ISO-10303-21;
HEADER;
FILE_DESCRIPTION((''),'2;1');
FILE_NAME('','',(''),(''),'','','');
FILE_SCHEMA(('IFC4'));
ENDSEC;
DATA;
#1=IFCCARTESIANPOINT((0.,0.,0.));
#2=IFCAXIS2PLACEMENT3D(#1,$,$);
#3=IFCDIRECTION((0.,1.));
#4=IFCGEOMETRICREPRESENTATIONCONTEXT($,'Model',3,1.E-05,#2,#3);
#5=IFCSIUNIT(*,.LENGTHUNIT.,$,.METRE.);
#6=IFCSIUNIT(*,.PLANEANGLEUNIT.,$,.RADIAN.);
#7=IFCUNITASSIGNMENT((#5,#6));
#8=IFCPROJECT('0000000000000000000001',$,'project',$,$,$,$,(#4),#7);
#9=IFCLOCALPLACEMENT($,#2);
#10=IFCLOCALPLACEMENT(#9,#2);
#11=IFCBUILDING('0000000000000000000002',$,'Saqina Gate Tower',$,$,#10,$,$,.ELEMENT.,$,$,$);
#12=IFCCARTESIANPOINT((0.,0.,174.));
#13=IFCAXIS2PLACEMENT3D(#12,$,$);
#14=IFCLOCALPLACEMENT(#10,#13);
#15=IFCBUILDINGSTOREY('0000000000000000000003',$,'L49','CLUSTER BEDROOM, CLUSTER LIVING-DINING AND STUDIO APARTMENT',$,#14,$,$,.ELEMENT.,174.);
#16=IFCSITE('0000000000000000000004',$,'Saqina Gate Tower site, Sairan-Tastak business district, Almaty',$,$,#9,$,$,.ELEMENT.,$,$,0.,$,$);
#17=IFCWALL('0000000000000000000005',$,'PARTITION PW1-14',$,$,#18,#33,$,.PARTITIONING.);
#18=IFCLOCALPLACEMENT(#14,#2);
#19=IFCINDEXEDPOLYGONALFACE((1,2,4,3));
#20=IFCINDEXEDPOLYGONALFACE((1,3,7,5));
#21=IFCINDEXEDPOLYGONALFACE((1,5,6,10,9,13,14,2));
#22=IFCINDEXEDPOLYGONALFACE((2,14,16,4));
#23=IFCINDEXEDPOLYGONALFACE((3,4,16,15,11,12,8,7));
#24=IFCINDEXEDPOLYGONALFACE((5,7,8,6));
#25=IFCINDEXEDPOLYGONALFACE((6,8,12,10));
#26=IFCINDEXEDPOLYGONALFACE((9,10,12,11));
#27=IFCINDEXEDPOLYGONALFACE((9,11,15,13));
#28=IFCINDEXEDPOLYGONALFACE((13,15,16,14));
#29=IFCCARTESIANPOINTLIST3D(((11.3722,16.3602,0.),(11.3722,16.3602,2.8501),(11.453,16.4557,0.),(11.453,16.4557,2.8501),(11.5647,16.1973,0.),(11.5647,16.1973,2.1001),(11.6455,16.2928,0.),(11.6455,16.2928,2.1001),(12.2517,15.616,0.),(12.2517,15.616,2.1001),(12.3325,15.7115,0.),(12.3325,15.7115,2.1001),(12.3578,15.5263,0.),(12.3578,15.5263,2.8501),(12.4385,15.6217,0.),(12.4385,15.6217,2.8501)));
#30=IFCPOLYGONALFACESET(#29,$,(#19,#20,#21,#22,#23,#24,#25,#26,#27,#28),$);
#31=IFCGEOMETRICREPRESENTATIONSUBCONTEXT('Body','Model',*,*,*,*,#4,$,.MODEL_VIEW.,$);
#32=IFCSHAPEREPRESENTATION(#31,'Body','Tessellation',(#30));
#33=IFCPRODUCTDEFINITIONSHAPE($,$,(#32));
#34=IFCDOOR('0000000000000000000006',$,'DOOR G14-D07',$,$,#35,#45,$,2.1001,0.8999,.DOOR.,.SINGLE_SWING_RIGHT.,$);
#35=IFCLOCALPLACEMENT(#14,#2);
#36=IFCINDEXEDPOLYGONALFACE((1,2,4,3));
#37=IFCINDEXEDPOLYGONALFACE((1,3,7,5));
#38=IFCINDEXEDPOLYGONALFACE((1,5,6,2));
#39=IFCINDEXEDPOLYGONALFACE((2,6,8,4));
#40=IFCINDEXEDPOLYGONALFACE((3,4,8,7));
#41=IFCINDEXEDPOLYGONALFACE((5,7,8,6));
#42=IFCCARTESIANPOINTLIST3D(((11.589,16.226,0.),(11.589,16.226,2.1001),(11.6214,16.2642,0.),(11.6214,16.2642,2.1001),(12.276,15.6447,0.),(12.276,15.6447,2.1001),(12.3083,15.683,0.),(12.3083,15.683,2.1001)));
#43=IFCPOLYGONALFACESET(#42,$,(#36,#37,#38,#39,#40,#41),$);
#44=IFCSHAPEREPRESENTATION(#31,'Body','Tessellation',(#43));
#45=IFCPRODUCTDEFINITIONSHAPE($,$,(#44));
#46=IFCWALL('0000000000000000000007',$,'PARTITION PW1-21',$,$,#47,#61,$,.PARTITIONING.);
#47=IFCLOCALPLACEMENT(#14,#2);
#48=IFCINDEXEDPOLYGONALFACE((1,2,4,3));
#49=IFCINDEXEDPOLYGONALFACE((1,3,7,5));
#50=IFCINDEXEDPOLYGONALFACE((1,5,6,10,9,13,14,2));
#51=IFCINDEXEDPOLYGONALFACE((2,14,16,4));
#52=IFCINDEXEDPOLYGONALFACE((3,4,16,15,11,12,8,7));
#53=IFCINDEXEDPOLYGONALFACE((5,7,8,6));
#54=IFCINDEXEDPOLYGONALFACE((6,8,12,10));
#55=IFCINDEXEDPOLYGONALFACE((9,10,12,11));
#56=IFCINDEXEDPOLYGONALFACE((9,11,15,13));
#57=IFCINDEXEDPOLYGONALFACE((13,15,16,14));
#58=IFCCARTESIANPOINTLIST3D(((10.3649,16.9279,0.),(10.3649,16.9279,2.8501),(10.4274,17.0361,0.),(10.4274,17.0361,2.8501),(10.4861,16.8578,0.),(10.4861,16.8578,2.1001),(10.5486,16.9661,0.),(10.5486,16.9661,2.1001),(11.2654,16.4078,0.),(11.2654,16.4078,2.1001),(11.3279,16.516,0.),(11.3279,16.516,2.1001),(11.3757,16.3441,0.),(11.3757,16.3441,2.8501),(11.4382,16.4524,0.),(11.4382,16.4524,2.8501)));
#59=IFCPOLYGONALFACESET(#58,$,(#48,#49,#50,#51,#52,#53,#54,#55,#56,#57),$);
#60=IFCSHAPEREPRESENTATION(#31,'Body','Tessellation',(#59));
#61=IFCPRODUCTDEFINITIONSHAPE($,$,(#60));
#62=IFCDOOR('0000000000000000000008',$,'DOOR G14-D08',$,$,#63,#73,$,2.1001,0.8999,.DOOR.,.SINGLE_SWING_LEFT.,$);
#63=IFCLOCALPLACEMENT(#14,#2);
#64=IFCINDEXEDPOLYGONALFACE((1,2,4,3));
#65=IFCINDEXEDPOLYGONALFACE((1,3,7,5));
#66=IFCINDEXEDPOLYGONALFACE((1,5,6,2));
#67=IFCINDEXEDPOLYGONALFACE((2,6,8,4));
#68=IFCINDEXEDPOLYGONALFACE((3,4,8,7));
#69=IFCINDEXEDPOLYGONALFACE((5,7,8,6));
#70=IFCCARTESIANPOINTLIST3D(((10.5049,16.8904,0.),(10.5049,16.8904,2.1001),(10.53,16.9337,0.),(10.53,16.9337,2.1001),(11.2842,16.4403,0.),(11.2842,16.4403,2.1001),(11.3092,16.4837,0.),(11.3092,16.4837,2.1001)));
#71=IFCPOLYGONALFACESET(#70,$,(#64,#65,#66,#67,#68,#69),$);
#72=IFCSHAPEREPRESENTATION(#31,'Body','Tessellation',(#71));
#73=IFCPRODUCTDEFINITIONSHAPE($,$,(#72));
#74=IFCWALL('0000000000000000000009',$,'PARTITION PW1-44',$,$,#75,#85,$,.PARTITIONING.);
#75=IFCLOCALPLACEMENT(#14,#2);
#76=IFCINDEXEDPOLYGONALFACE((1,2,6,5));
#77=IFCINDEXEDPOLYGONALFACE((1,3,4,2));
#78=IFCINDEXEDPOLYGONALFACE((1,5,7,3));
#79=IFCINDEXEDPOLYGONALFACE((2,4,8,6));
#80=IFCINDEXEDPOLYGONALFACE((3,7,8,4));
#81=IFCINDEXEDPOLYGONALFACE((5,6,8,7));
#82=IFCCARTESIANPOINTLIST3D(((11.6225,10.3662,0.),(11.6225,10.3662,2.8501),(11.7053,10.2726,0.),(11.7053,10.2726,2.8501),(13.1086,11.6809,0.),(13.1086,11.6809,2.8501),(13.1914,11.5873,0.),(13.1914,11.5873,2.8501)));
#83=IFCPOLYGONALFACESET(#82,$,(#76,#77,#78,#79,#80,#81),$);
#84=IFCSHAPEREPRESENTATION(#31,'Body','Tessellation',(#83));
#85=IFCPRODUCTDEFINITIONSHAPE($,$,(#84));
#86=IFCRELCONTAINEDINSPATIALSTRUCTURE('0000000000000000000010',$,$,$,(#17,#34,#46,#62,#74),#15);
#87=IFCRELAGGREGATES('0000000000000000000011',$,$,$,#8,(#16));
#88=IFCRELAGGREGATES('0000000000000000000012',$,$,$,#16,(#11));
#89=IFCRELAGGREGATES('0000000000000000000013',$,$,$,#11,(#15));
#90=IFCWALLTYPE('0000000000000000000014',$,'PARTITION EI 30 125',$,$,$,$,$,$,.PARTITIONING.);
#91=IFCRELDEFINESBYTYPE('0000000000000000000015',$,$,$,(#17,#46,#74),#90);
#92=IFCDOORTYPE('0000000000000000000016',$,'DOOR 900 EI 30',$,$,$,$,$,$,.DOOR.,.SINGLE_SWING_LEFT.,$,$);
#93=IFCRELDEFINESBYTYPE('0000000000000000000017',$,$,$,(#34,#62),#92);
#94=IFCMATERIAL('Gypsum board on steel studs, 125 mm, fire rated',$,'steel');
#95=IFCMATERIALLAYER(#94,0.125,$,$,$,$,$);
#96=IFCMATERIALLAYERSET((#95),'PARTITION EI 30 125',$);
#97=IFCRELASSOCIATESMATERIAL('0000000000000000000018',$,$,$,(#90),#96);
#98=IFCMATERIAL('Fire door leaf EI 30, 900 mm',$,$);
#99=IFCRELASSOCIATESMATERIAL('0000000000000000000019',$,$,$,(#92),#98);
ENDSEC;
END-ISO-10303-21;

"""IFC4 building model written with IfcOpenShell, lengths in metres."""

from ifc_helpers import new_model, si_unit, direction, frame, frame_2d, origin, place, context, subcontext, project, spatial, rectangle, extrude, material, layer, layer_set, type_object, element, fill, save


model = new_model("IFC4")

# Units and contexts
model_context = context("Model", 3, precision=1e-05, world=origin(), true_north=direction((0.0, 1.0)))
body_context = subcontext(model_context, "Body", "Model", "MODEL_VIEW")
ifc_project = project(units=[si_unit("LENGTHUNIT", "METRE"), si_unit("PLANEANGLEUNIT", "RADIAN")], contexts=[model_context])

# Site, building, storey
site_placement = place(None, origin())
site = spatial("IfcSite", under=ifc_project, at=site_placement, Name="Saqina Gate Tower site, Sairan-Tastak business district, Almaty", CompositionType="ELEMENT", RefElevation=0.0)
building_placement = place(site_placement, origin())
building = spatial("IfcBuilding", under=site, at=building_placement, Name="Saqina Gate Tower", CompositionType="ELEMENT")
storey_placement = place(building_placement, frame((0.0, 0.0, 174.0)))
storey = spatial("IfcBuildingStorey", under=building, at=storey_placement, Name="L49", Description="CLUSTER BEDROOM, CLUSTER LIVING-DINING AND STUDIO APARTMENT", CompositionType="ELEMENT", Elevation=174.0)

# Shared definitions
ifc_material_1 = material(Name="Gypsum board on steel studs, 125 mm, fire rated", Category="steel")
ifc_layer_1 = layer(ifc_material_1, 0.125)
ifc_layer_set_1 = layer_set([ifc_layer_1], Name="PARTITION EI 30 125")
wall_type_1 = type_object("IfcWallType", Name="PARTITION EI 30 125", PredefinedType="PARTITIONING", material=ifc_layer_set_1)

# Walls, openings, doors
wall_1_placement = place(storey_placement, frame((11.4126, 16.408, 0.0), z_axis=(0.0, 0.0, 1.0), x_axis=(0.763379, -0.645951, 0.0)))
wall_1 = element("IfcWall", 1, at=wall_1_placement, inside=storey, type_object=wall_type_1, Name="PARTITION PW1-14", PredefinedType="PARTITIONING", context=body_context, shape_type="SweptSolid", body=[
    extrude(rectangle(XDim=1.291, YDim=0.125, at=frame_2d((0.6455, 0.0))), origin(), (0.0, 0.0, 1.0), 2.8501),
])
opening_1_placement = place(wall_1_placement, frame((0.2522, 0.0, 0.0)))
opening_1 = element("IfcOpeningElement", 2, at=opening_1_placement, cuts=wall_1, PredefinedType="OPENING", context=body_context, shape_type="SweptSolid", body=[
    extrude(rectangle(XDim=0.8999, YDim=2.1001, at=frame_2d((0.45, 1.05))), frame((0.0, 0.0745, 0.0), z_axis=(0.0, -1.0, 0.0), x_axis=(1.0, 0.0, 0.0)), (0.0, 0.0, 1.0), 0.1489),
])
ifc_material_2 = material(Name="Fire door leaf EI 30, 900 mm")
door_type_1 = type_object("IfcDoorType", Name="DOOR 900 EI 30", OperationType="SINGLE_SWING_LEFT", PredefinedType="DOOR", material=ifc_material_2)
door_1_placement = place(opening_1_placement, frame((0.8999, 0.0, 0.0), z_axis=(0.0, 0.0, 1.0), x_axis=(-1.0, 0.0, 0.0)))
door_1 = element("IfcDoor", 3, at=door_1_placement, inside=storey, type_object=door_type_1, Name="DOOR G14-D07", OperationType="SINGLE_SWING_RIGHT", OverallHeight=2.1001, OverallWidth=0.8999, PredefinedType="DOOR", context=body_context, shape_type="SweptSolid", body=[
    extrude(rectangle(XDim=0.8999, YDim=2.1001, at=frame_2d((0.45, 1.05))), frame((0.0, 0.0249, 0.0), z_axis=(0.0, -1.0, 0.0), x_axis=(1.0, 0.0, 0.0)), (0.0, 0.0, 1.0), 0.05),
])
fill(opening_1, door_1)
wall_2_placement = place(storey_placement, frame((10.3962, 16.9819, 0.0), z_axis=(0.0, 0.0, 1.0), x_axis=(0.865956, -0.500121, 0.0)))
wall_2 = element("IfcWall", 4, at=wall_2_placement, inside=storey, type_object=wall_type_1, Name="PARTITION PW1-21", PredefinedType="PARTITIONING", context=body_context, shape_type="SweptSolid", body=[
    extrude(rectangle(XDim=1.1672, YDim=0.125, at=frame_2d((0.5835, 0.0))), origin(), (0.0, 0.0, 1.0), 2.8501),
])
opening_2_placement = place(wall_2_placement, frame((0.1399, 0.0, 0.0)))
opening_2 = element("IfcOpeningElement", 5, at=opening_2_placement, cuts=wall_2, PredefinedType="OPENING", context=body_context, shape_type="SweptSolid", body=[
    extrude(rectangle(XDim=0.8999, YDim=2.1001, at=frame_2d((0.45, 1.05))), frame((0.0, 0.0745, 0.0), z_axis=(0.0, -1.0, 0.0), x_axis=(1.0, 0.0, 0.0)), (0.0, 0.0, 1.0), 0.1489),
])
door_2_placement = place(opening_2_placement, frame((0.8999, 0.0, 0.0), z_axis=(0.0, 0.0, 1.0), x_axis=(-1.0, 0.0, 0.0)))
door_2 = element("IfcDoor", 6, at=door_2_placement, inside=storey, type_object=door_type_1, Name="DOOR G14-D08", OperationType="SINGLE_SWING_LEFT", OverallHeight=2.1001, OverallWidth=0.8999, PredefinedType="DOOR", context=body_context, shape_type="SweptSolid", body=[
    extrude(rectangle(XDim=0.8999, YDim=2.1001, at=frame_2d((0.45, 1.05))), frame((0.0, 0.0249, 0.0), z_axis=(0.0, -1.0, 0.0), x_axis=(1.0, 0.0, 0.0)), (0.0, 0.0, 1.0), 0.05),
])
fill(opening_2, door_2)

# Wall
wall_3_placement = place(storey_placement, frame((11.6638, 10.3193, 0.0), z_axis=(0.0, 0.0, 1.0), x_axis=(0.748975, 0.662598, 0.0)))
element("IfcWall", 7, at=wall_3_placement, inside=storey, type_object=wall_type_1, Name="PARTITION PW1-44", PredefinedType="PARTITIONING", context=body_context, shape_type="SweptSolid", body=[
    extrude(rectangle(XDim=1.9841, YDim=0.125, at=frame_2d((0.9922, 0.0))), origin(), (0.0, 0.0, 1.0), 2.8501),
])

save(model, "model.ifc")
